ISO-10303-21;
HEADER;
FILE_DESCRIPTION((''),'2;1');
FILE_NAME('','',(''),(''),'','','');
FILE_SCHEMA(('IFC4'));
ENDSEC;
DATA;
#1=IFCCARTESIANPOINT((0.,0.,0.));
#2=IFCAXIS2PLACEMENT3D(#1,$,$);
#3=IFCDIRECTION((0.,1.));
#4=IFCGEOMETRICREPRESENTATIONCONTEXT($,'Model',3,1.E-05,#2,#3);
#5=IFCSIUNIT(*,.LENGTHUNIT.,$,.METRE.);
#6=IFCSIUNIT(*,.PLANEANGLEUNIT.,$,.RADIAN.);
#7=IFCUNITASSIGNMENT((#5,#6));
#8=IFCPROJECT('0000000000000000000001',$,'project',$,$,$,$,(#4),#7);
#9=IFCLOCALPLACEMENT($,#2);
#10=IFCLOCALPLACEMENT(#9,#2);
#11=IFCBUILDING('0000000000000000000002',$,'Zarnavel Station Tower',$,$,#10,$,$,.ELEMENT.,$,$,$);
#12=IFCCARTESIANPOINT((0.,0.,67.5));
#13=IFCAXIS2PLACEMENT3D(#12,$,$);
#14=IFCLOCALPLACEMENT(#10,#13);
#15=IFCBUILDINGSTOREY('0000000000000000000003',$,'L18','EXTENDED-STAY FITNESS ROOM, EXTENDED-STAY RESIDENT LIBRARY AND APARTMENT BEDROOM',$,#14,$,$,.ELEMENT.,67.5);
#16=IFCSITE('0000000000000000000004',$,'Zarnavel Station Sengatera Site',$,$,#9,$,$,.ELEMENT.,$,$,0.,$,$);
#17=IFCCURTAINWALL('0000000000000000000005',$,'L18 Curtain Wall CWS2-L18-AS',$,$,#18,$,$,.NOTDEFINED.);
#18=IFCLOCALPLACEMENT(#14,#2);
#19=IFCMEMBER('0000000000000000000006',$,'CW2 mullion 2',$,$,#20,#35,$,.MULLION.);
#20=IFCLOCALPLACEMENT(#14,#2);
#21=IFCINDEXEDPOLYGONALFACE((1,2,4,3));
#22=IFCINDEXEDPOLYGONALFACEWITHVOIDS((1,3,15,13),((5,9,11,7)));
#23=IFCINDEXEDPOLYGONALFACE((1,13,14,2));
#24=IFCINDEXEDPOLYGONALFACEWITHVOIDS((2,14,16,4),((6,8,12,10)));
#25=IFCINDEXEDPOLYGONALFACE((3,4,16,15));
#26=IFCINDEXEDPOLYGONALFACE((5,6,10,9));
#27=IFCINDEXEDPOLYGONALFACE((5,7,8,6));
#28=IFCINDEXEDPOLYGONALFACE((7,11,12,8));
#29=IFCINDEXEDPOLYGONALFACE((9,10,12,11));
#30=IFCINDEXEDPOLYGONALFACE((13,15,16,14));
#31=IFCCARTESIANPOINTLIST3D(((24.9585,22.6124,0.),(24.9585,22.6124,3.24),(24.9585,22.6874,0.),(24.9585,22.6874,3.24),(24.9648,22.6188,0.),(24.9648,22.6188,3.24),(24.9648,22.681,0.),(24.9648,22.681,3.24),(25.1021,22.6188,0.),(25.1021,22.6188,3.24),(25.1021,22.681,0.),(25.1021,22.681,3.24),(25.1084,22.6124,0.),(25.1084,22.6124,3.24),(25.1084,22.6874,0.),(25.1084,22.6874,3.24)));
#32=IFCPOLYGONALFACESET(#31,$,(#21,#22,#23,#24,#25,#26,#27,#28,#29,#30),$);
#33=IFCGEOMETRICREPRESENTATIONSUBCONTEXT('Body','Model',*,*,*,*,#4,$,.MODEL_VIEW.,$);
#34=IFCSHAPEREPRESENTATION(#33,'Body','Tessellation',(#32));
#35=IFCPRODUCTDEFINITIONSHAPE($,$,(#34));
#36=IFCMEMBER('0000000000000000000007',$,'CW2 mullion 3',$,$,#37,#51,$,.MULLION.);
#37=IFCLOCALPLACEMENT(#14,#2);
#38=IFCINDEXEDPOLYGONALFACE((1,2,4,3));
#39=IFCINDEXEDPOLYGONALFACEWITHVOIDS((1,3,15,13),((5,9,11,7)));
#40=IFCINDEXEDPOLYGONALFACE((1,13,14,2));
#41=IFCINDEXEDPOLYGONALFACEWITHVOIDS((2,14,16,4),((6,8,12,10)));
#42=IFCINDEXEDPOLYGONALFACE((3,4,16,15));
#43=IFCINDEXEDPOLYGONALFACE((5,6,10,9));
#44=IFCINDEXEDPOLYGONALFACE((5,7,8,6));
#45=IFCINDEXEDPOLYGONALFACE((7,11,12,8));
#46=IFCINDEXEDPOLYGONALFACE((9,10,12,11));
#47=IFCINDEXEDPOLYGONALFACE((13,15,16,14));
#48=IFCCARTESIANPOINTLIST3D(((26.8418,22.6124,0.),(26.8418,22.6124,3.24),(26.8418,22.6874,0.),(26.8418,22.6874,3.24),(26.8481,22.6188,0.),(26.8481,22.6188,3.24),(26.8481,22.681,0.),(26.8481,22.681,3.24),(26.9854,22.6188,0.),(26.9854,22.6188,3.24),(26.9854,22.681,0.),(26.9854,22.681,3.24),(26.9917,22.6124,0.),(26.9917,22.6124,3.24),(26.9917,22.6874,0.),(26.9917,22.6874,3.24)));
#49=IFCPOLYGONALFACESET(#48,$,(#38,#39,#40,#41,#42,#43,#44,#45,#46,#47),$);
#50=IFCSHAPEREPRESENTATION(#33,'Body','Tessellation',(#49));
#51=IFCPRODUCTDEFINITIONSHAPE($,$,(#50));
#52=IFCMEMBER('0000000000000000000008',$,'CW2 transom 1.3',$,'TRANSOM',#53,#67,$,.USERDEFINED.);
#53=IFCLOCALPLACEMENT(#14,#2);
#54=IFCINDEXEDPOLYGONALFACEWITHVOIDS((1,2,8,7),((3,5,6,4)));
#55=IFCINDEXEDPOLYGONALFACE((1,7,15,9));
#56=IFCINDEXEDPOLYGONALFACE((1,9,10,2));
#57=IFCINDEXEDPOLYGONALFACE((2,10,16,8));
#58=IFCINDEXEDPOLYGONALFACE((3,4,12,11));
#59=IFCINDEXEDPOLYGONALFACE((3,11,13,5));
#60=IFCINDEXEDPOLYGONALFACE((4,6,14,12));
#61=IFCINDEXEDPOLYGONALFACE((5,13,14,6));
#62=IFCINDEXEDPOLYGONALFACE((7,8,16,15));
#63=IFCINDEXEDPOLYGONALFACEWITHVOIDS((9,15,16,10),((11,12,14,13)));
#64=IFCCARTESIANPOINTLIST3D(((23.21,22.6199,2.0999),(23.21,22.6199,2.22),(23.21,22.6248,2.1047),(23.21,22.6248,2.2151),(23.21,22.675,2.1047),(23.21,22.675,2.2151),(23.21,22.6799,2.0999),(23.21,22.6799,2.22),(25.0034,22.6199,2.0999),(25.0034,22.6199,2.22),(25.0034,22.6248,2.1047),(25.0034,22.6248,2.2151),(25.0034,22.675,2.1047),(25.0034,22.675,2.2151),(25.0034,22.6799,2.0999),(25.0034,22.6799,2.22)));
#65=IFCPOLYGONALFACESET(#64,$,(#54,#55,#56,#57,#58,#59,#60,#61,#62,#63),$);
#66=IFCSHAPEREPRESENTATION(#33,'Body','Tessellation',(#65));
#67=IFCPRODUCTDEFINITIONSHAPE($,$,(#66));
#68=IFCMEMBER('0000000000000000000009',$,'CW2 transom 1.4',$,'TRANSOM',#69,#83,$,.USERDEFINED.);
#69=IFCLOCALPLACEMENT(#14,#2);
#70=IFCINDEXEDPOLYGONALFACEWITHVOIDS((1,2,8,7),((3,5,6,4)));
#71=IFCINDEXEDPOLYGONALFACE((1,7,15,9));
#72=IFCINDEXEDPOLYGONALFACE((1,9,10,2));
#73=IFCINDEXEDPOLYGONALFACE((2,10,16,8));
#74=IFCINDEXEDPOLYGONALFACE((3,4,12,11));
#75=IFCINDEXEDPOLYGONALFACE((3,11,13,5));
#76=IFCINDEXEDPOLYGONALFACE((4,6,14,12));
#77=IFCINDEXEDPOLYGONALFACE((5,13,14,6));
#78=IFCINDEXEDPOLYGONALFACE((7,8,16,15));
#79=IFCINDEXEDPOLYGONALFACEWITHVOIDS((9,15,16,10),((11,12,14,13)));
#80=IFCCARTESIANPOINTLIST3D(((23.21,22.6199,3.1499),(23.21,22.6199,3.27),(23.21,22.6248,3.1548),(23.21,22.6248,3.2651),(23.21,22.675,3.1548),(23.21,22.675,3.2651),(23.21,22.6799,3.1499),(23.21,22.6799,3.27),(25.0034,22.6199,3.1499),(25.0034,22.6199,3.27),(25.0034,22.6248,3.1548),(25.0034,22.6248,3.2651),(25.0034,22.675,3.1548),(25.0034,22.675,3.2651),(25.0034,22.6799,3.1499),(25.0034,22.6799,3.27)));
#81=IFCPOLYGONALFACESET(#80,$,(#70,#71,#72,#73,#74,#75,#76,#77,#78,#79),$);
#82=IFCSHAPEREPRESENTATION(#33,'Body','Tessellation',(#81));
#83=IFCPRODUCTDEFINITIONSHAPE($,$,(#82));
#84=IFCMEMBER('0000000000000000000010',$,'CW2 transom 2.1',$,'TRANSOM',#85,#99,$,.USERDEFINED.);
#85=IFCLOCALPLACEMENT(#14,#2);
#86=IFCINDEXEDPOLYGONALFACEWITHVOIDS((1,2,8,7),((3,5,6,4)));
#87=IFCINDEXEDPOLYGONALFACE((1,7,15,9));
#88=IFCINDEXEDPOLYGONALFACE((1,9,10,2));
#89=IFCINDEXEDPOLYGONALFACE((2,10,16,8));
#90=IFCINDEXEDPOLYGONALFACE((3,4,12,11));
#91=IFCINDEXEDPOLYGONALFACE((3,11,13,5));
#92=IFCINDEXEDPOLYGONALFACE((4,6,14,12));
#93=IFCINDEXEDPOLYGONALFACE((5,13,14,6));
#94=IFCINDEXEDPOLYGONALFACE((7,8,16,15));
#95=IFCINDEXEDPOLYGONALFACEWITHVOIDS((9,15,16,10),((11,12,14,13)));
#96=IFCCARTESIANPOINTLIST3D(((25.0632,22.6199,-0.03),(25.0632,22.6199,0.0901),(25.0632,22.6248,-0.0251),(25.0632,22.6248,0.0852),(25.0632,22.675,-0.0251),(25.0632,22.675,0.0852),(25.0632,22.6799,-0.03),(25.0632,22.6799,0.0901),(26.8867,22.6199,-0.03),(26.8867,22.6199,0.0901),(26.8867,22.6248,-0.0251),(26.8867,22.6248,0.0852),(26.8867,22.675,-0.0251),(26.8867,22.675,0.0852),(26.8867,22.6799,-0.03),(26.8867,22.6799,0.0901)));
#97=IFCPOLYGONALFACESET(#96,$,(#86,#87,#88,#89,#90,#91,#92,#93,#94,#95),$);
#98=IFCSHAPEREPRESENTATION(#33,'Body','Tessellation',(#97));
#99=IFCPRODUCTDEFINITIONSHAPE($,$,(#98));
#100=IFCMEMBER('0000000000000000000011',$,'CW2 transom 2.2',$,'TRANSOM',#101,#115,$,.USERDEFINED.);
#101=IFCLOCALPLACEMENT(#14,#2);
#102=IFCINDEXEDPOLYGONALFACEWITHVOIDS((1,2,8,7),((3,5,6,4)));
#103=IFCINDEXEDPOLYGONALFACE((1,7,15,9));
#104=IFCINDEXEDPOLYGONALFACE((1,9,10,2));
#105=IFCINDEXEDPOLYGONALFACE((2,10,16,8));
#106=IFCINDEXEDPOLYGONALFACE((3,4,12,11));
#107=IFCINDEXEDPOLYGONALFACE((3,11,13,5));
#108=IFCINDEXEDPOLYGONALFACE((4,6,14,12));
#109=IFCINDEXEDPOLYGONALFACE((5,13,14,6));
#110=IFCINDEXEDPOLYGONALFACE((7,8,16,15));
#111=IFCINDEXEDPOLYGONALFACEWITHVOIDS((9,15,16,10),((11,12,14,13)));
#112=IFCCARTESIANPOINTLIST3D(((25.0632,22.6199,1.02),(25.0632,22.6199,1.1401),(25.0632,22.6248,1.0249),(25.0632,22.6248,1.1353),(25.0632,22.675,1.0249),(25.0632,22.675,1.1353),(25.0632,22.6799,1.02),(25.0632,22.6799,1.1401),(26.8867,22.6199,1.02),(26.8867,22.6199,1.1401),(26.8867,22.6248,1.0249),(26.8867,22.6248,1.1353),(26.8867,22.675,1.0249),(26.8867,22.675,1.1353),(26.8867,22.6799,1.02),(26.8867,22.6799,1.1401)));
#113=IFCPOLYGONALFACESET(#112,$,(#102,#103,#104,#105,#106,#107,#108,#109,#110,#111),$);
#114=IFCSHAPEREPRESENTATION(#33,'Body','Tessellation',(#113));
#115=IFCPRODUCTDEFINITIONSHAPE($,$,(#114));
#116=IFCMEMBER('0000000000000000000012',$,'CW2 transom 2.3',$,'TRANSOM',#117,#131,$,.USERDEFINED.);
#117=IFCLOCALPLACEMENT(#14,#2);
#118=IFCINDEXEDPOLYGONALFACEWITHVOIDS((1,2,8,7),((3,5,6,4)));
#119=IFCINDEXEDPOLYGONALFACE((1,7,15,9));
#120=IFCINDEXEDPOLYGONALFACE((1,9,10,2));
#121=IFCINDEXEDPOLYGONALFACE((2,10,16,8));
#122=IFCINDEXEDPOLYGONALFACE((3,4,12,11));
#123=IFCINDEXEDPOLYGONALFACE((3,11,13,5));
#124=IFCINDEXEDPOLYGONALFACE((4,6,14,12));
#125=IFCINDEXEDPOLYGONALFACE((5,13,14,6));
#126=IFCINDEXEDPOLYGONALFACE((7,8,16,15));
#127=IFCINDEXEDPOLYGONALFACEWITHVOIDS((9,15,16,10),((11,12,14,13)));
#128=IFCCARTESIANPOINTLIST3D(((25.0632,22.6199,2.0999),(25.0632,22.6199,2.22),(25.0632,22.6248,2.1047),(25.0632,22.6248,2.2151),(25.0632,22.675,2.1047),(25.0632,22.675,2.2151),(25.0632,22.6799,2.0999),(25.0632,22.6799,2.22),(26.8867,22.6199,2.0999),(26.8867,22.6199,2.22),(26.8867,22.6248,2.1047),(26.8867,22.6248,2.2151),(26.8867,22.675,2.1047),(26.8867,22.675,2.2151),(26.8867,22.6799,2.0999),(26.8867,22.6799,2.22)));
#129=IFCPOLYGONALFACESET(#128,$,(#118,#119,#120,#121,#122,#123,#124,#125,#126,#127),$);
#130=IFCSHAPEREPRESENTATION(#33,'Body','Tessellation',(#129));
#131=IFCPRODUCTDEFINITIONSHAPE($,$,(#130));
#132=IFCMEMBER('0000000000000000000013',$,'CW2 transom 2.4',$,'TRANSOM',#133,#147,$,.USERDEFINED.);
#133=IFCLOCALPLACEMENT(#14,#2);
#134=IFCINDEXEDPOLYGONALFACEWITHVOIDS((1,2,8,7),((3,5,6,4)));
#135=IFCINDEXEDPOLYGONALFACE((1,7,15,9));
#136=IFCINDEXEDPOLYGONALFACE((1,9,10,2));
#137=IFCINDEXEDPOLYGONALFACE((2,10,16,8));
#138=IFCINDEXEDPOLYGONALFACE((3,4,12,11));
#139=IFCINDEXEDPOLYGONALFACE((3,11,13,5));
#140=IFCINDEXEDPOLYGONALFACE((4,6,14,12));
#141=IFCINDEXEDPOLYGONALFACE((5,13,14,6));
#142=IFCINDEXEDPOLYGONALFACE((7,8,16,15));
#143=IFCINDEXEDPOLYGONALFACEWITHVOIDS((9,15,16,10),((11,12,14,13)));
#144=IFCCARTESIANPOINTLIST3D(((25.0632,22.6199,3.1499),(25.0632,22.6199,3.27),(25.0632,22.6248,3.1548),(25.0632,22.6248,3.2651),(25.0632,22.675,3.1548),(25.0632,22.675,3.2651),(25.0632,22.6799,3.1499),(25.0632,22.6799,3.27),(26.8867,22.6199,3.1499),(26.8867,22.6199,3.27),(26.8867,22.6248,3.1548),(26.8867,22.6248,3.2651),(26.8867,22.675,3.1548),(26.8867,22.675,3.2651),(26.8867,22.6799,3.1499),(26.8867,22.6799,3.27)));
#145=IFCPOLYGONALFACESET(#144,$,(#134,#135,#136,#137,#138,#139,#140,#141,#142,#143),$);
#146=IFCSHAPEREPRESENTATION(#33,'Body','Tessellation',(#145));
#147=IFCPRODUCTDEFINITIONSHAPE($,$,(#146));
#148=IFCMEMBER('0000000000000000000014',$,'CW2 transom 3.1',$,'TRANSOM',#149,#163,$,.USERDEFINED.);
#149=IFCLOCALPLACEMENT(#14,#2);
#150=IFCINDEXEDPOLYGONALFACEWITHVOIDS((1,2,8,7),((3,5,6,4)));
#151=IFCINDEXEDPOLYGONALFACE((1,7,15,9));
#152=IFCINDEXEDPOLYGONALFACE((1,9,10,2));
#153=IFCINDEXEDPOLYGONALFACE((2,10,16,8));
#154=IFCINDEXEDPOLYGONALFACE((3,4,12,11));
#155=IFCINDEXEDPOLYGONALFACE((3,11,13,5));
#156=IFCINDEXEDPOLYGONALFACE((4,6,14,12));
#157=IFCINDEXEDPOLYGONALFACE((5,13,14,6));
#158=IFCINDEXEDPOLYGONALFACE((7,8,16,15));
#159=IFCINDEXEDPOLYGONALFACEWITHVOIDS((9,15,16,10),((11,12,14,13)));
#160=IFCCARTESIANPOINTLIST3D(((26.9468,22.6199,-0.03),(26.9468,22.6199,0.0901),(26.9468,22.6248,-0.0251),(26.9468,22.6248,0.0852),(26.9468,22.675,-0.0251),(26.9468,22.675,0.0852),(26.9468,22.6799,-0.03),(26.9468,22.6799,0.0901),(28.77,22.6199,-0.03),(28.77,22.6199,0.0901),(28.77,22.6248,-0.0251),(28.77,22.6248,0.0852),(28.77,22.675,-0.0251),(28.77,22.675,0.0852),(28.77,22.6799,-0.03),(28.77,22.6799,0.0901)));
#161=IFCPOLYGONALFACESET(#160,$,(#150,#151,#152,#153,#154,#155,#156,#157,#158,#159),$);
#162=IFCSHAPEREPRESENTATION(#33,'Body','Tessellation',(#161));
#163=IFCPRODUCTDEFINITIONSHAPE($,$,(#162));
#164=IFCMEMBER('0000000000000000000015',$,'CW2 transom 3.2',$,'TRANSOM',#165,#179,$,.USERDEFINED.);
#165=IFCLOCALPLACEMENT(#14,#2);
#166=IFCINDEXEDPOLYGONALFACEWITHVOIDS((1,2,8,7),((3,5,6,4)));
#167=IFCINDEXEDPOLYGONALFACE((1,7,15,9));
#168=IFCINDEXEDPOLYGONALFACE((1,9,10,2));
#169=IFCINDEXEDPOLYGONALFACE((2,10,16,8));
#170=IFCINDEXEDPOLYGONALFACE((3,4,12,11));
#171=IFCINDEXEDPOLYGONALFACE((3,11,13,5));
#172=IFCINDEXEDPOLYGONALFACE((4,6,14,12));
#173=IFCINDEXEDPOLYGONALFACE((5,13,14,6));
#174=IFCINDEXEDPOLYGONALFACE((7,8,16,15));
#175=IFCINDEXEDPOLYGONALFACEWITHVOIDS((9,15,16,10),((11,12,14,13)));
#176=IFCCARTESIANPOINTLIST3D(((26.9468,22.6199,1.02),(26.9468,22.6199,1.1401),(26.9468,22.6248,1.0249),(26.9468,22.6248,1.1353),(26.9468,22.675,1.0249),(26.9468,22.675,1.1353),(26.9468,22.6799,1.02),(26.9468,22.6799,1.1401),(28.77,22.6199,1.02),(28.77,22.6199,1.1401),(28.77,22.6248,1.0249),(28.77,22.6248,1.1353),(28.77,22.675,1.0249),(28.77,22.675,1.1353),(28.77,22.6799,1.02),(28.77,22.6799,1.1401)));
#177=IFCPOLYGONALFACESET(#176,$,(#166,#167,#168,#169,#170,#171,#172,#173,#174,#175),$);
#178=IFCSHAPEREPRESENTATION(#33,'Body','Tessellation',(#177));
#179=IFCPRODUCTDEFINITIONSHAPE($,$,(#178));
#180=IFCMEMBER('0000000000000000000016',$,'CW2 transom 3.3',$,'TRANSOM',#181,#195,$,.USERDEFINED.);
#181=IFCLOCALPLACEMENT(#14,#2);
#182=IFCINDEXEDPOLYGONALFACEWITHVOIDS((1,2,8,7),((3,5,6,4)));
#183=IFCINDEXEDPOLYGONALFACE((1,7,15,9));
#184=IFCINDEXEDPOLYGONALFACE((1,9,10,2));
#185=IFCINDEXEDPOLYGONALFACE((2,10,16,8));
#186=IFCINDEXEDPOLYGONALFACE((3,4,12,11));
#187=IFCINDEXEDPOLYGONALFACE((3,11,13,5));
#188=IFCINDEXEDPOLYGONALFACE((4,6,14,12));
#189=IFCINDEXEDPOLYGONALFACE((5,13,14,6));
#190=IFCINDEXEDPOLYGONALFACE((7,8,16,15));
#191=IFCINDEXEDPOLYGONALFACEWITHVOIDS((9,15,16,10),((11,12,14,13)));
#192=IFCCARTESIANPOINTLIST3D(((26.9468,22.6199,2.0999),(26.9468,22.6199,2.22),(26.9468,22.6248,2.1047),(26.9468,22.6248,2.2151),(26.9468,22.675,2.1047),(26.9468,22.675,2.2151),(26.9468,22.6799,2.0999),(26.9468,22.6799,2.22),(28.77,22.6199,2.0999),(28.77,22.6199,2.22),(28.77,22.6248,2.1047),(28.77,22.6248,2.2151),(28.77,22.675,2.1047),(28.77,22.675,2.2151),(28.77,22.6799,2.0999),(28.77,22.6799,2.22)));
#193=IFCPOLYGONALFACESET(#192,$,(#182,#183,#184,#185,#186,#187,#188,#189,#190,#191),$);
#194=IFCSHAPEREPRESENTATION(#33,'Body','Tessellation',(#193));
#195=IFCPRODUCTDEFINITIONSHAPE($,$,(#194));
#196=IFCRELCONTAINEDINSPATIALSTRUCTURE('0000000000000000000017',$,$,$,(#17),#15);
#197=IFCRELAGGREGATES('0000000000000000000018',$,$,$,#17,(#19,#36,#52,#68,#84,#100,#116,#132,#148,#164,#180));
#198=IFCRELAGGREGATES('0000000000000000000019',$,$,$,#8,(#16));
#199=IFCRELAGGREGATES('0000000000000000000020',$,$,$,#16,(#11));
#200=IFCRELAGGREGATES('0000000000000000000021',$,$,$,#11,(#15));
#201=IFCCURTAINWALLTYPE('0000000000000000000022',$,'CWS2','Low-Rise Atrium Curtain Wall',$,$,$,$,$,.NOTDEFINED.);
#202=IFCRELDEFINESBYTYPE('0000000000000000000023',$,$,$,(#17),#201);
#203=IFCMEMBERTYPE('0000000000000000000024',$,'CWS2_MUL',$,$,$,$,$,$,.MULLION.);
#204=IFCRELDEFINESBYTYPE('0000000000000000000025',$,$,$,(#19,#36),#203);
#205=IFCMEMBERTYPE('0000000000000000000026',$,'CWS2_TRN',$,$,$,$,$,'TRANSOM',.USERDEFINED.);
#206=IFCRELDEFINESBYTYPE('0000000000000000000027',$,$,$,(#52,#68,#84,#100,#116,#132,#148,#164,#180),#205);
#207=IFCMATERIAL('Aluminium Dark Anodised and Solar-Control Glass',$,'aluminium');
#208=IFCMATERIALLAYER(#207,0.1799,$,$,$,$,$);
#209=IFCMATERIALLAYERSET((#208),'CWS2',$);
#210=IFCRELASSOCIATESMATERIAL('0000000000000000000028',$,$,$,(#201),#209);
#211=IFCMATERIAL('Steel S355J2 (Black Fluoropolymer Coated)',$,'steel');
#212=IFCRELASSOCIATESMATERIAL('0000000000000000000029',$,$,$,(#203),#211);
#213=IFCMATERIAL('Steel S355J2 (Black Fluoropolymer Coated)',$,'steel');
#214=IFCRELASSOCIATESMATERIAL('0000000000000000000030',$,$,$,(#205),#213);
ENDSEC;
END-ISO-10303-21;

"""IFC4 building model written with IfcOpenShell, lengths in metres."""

from ifc_helpers import new_model, si_unit, direction, frame, origin, origin_2d, place, context, subcontext, project, spatial, hollow_rectangle, extrude, material, layer, layer_set, material_profile, profile_set, type_object, element, aggregate, save


model = new_model("IFC4")

# Units and contexts
model_context = context("Model", 3, precision=1e-05, world=origin(), true_north=direction((0.0, 1.0)))
body_context = subcontext(model_context, "Body", "Model", "MODEL_VIEW")
ifc_project = project(units=[si_unit("LENGTHUNIT", "METRE"), si_unit("PLANEANGLEUNIT", "RADIAN")], contexts=[model_context])

# Site, building, storey
site_placement = place(None, origin())
site = spatial("IfcSite", under=ifc_project, at=site_placement, Name="Zarnavel Station Sengatera Site", CompositionType="ELEMENT", RefElevation=0.0)
building_placement = place(site_placement, origin())
building = spatial("IfcBuilding", under=site, at=building_placement, Name="Zarnavel Station Tower", CompositionType="ELEMENT")
storey_placement = place(building_placement, frame((0.0, 0.0, 67.5)))
storey = spatial("IfcBuildingStorey", under=building, at=storey_placement, Name="L18", Description="EXTENDED-STAY FITNESS ROOM, EXTENDED-STAY RESIDENT LIBRARY AND APARTMENT BEDROOM", CompositionType="ELEMENT", Elevation=67.5)

# Curtain wall, members
ifc_material_1 = material(Name="Aluminium Dark Anodised and Solar-Control Glass", Category="aluminium")
ifc_layer_1 = layer(ifc_material_1, 0.1799)
ifc_layer_set_1 = layer_set([ifc_layer_1], Name="CWS2")
curtain_wall_type = type_object("IfcCurtainWallType", Name="CWS2", Description="Low-Rise Atrium Curtain Wall", PredefinedType="NOTDEFINED", material=ifc_layer_set_1)
curtain_wall_placement = place(storey_placement, origin())
curtain_wall = element("IfcCurtainWall", 1, at=curtain_wall_placement, inside=storey, type_object=curtain_wall_type, Name="L18 Curtain Wall CWS2-L18-AS", PredefinedType="NOTDEFINED")
ifc_material_2 = material(Name="Steel S355J2 (Black Fluoropolymer Coated)", Category="steel")
ifc_material_profile_1 = material_profile(ifc_material_2, hollow_rectangle(XDim=0.075, YDim=0.1499, WallThickness=0.0063, at=origin_2d()), Name="RHS150x75x6.3")
ifc_profile_set_1 = profile_set([ifc_material_profile_1], Name="Steel S355J2 (Black Fluoropolymer Coated)")
member_type_1 = type_object("IfcMemberType", Name="CWS2_MUL", PredefinedType="MULLION", material=ifc_profile_set_1)
member_1_placement = place(storey_placement, frame((25.0334, 22.6499, 0.0), z_axis=(0.0, 0.0, 1.0), x_axis=(0.0, 1.0, 0.0)))
member_1 = element("IfcMember", 2, at=member_1_placement, type_object=member_type_1, Name="CW2 mullion 2", PredefinedType="MULLION", context=body_context, shape_type="SweptSolid", body=[
    extrude(hollow_rectangle(XDim=0.075, YDim=0.1499, WallThickness=0.0063, at=origin_2d()), origin(), (0.0, 0.0, 1.0), 3.24),
])
member_2_placement = place(storey_placement, frame((26.9167, 22.6499, 0.0), z_axis=(0.0, 0.0, 1.0), x_axis=(0.0, 1.0, 0.0)))
member_2 = element("IfcMember", 3, at=member_2_placement, type_object=member_type_1, Name="CW2 mullion 3", PredefinedType="MULLION", context=body_context, shape_type="SweptSolid", body=[
    extrude(hollow_rectangle(XDim=0.075, YDim=0.1499, WallThickness=0.0063, at=origin_2d()), origin(), (0.0, 0.0, 1.0), 3.24),
])
ifc_material_3 = material(Name="Steel S355J2 (Black Fluoropolymer Coated)", Category="steel")
ifc_material_profile_2 = material_profile(ifc_material_3, hollow_rectangle(XDim=0.0601, YDim=0.1201, WallThickness=0.0049, at=origin_2d()), Name="RHS120x60x5")
ifc_profile_set_2 = profile_set([ifc_material_profile_2], Name="Steel S355J2 (Black Fluoropolymer Coated)")
member_type_2 = type_object("IfcMemberType", Name="CWS2_TRN", ElementType="TRANSOM", PredefinedType="USERDEFINED", material=ifc_profile_set_2)
member_3_placement = place(storey_placement, frame((23.21, 22.6499, 2.1599), z_axis=(1.0, 0.0, 0.0), x_axis=(0.0, 1.0, 0.0)))
member_3 = element("IfcMember", 4, at=member_3_placement, type_object=member_type_2, Name="CW2 transom 1.3", ObjectType="TRANSOM", PredefinedType="USERDEFINED", context=body_context, shape_type="SweptSolid", body=[
    extrude(hollow_rectangle(XDim=0.0601, YDim=0.1201, WallThickness=0.0049, at=origin_2d()), origin(), (0.0, 0.0, 1.0), 1.7935),
])
member_4_placement = place(storey_placement, frame((23.21, 22.6499, 3.21), z_axis=(1.0, 0.0, 0.0), x_axis=(0.0, 1.0, 0.0)))
member_4 = element("IfcMember", 5, at=member_4_placement, type_object=member_type_2, Name="CW2 transom 1.4", ObjectType="TRANSOM", PredefinedType="USERDEFINED", context=body_context, shape_type="SweptSolid", body=[
    extrude(hollow_rectangle(XDim=0.0601, YDim=0.1201, WallThickness=0.0049, at=origin_2d()), origin(), (0.0, 0.0, 1.0), 1.7935),
])
member_5_placement = place(storey_placement, frame((25.0632, 22.6499, 0.03), z_axis=(1.0, 0.0, 0.0), x_axis=(0.0, 1.0, 0.0)))
member_5 = element("IfcMember", 6, at=member_5_placement, type_object=member_type_2, Name="CW2 transom 2.1", ObjectType="TRANSOM", PredefinedType="USERDEFINED", context=body_context, shape_type="SweptSolid", body=[
    extrude(hollow_rectangle(XDim=0.0601, YDim=0.1201, WallThickness=0.0049, at=origin_2d()), origin(), (0.0, 0.0, 1.0), 1.8235),
])
member_6_placement = place(storey_placement, frame((25.0632, 22.6499, 1.0801), z_axis=(1.0, 0.0, 0.0), x_axis=(0.0, 1.0, 0.0)))
member_6 = element("IfcMember", 7, at=member_6_placement, type_object=member_type_2, Name="CW2 transom 2.2", ObjectType="TRANSOM", PredefinedType="USERDEFINED", context=body_context, shape_type="SweptSolid", body=[
    extrude(hollow_rectangle(XDim=0.0601, YDim=0.1201, WallThickness=0.0049, at=origin_2d()), origin(), (0.0, 0.0, 1.0), 1.8235),
])
member_7_placement = place(storey_placement, frame((25.0632, 22.6499, 2.1599), z_axis=(1.0, 0.0, 0.0), x_axis=(0.0, 1.0, 0.0)))
member_7 = element("IfcMember", 8, at=member_7_placement, type_object=member_type_2, Name="CW2 transom 2.3", ObjectType="TRANSOM", PredefinedType="USERDEFINED", context=body_context, shape_type="SweptSolid", body=[
    extrude(hollow_rectangle(XDim=0.0601, YDim=0.1201, WallThickness=0.0049, at=origin_2d()), origin(), (0.0, 0.0, 1.0), 1.8235),
])
member_8_placement = place(storey_placement, frame((25.0632, 22.6499, 3.21), z_axis=(1.0, 0.0, 0.0), x_axis=(0.0, 1.0, 0.0)))
member_8 = element("IfcMember", 9, at=member_8_placement, type_object=member_type_2, Name="CW2 transom 2.4", ObjectType="TRANSOM", PredefinedType="USERDEFINED", context=body_context, shape_type="SweptSolid", body=[
    extrude(hollow_rectangle(XDim=0.0601, YDim=0.1201, WallThickness=0.0049, at=origin_2d()), origin(), (0.0, 0.0, 1.0), 1.8235),
])
member_9_placement = place(storey_placement, frame((26.9468, 22.6499, 0.03), z_axis=(1.0, 0.0, 0.0), x_axis=(0.0, 1.0, 0.0)))
member_9 = element("IfcMember", 10, at=member_9_placement, type_object=member_type_2, Name="CW2 transom 3.1", ObjectType="TRANSOM", PredefinedType="USERDEFINED", context=body_context, shape_type="SweptSolid", body=[
    extrude(hollow_rectangle(XDim=0.0601, YDim=0.1201, WallThickness=0.0049, at=origin_2d()), origin(), (0.0, 0.0, 1.0), 1.8232),
])
member_10_placement = place(storey_placement, frame((26.9468, 22.6499, 1.0801), z_axis=(1.0, 0.0, 0.0), x_axis=(0.0, 1.0, 0.0)))
member_10 = element("IfcMember", 11, at=member_10_placement, type_object=member_type_2, Name="CW2 transom 3.2", ObjectType="TRANSOM", PredefinedType="USERDEFINED", context=body_context, shape_type="SweptSolid", body=[
    extrude(hollow_rectangle(XDim=0.0601, YDim=0.1201, WallThickness=0.0049, at=origin_2d()), origin(), (0.0, 0.0, 1.0), 1.8232),
])
member_11_placement = place(storey_placement, frame((26.9468, 22.6499, 2.1599), z_axis=(1.0, 0.0, 0.0), x_axis=(0.0, 1.0, 0.0)))
member_11 = element("IfcMember", 12, at=member_11_placement, type_object=member_type_2, Name="CW2 transom 3.3", ObjectType="TRANSOM", PredefinedType="USERDEFINED", context=body_context, shape_type="SweptSolid", body=[
    extrude(hollow_rectangle(XDim=0.0601, YDim=0.1201, WallThickness=0.0049, at=origin_2d()), origin(), (0.0, 0.0, 1.0), 1.8232),
])
aggregate(curtain_wall, [member_1, member_2, member_3, member_4, member_5, member_6, member_7, member_8, member_9, member_10, member_11])

save(model, "model.ifc")
